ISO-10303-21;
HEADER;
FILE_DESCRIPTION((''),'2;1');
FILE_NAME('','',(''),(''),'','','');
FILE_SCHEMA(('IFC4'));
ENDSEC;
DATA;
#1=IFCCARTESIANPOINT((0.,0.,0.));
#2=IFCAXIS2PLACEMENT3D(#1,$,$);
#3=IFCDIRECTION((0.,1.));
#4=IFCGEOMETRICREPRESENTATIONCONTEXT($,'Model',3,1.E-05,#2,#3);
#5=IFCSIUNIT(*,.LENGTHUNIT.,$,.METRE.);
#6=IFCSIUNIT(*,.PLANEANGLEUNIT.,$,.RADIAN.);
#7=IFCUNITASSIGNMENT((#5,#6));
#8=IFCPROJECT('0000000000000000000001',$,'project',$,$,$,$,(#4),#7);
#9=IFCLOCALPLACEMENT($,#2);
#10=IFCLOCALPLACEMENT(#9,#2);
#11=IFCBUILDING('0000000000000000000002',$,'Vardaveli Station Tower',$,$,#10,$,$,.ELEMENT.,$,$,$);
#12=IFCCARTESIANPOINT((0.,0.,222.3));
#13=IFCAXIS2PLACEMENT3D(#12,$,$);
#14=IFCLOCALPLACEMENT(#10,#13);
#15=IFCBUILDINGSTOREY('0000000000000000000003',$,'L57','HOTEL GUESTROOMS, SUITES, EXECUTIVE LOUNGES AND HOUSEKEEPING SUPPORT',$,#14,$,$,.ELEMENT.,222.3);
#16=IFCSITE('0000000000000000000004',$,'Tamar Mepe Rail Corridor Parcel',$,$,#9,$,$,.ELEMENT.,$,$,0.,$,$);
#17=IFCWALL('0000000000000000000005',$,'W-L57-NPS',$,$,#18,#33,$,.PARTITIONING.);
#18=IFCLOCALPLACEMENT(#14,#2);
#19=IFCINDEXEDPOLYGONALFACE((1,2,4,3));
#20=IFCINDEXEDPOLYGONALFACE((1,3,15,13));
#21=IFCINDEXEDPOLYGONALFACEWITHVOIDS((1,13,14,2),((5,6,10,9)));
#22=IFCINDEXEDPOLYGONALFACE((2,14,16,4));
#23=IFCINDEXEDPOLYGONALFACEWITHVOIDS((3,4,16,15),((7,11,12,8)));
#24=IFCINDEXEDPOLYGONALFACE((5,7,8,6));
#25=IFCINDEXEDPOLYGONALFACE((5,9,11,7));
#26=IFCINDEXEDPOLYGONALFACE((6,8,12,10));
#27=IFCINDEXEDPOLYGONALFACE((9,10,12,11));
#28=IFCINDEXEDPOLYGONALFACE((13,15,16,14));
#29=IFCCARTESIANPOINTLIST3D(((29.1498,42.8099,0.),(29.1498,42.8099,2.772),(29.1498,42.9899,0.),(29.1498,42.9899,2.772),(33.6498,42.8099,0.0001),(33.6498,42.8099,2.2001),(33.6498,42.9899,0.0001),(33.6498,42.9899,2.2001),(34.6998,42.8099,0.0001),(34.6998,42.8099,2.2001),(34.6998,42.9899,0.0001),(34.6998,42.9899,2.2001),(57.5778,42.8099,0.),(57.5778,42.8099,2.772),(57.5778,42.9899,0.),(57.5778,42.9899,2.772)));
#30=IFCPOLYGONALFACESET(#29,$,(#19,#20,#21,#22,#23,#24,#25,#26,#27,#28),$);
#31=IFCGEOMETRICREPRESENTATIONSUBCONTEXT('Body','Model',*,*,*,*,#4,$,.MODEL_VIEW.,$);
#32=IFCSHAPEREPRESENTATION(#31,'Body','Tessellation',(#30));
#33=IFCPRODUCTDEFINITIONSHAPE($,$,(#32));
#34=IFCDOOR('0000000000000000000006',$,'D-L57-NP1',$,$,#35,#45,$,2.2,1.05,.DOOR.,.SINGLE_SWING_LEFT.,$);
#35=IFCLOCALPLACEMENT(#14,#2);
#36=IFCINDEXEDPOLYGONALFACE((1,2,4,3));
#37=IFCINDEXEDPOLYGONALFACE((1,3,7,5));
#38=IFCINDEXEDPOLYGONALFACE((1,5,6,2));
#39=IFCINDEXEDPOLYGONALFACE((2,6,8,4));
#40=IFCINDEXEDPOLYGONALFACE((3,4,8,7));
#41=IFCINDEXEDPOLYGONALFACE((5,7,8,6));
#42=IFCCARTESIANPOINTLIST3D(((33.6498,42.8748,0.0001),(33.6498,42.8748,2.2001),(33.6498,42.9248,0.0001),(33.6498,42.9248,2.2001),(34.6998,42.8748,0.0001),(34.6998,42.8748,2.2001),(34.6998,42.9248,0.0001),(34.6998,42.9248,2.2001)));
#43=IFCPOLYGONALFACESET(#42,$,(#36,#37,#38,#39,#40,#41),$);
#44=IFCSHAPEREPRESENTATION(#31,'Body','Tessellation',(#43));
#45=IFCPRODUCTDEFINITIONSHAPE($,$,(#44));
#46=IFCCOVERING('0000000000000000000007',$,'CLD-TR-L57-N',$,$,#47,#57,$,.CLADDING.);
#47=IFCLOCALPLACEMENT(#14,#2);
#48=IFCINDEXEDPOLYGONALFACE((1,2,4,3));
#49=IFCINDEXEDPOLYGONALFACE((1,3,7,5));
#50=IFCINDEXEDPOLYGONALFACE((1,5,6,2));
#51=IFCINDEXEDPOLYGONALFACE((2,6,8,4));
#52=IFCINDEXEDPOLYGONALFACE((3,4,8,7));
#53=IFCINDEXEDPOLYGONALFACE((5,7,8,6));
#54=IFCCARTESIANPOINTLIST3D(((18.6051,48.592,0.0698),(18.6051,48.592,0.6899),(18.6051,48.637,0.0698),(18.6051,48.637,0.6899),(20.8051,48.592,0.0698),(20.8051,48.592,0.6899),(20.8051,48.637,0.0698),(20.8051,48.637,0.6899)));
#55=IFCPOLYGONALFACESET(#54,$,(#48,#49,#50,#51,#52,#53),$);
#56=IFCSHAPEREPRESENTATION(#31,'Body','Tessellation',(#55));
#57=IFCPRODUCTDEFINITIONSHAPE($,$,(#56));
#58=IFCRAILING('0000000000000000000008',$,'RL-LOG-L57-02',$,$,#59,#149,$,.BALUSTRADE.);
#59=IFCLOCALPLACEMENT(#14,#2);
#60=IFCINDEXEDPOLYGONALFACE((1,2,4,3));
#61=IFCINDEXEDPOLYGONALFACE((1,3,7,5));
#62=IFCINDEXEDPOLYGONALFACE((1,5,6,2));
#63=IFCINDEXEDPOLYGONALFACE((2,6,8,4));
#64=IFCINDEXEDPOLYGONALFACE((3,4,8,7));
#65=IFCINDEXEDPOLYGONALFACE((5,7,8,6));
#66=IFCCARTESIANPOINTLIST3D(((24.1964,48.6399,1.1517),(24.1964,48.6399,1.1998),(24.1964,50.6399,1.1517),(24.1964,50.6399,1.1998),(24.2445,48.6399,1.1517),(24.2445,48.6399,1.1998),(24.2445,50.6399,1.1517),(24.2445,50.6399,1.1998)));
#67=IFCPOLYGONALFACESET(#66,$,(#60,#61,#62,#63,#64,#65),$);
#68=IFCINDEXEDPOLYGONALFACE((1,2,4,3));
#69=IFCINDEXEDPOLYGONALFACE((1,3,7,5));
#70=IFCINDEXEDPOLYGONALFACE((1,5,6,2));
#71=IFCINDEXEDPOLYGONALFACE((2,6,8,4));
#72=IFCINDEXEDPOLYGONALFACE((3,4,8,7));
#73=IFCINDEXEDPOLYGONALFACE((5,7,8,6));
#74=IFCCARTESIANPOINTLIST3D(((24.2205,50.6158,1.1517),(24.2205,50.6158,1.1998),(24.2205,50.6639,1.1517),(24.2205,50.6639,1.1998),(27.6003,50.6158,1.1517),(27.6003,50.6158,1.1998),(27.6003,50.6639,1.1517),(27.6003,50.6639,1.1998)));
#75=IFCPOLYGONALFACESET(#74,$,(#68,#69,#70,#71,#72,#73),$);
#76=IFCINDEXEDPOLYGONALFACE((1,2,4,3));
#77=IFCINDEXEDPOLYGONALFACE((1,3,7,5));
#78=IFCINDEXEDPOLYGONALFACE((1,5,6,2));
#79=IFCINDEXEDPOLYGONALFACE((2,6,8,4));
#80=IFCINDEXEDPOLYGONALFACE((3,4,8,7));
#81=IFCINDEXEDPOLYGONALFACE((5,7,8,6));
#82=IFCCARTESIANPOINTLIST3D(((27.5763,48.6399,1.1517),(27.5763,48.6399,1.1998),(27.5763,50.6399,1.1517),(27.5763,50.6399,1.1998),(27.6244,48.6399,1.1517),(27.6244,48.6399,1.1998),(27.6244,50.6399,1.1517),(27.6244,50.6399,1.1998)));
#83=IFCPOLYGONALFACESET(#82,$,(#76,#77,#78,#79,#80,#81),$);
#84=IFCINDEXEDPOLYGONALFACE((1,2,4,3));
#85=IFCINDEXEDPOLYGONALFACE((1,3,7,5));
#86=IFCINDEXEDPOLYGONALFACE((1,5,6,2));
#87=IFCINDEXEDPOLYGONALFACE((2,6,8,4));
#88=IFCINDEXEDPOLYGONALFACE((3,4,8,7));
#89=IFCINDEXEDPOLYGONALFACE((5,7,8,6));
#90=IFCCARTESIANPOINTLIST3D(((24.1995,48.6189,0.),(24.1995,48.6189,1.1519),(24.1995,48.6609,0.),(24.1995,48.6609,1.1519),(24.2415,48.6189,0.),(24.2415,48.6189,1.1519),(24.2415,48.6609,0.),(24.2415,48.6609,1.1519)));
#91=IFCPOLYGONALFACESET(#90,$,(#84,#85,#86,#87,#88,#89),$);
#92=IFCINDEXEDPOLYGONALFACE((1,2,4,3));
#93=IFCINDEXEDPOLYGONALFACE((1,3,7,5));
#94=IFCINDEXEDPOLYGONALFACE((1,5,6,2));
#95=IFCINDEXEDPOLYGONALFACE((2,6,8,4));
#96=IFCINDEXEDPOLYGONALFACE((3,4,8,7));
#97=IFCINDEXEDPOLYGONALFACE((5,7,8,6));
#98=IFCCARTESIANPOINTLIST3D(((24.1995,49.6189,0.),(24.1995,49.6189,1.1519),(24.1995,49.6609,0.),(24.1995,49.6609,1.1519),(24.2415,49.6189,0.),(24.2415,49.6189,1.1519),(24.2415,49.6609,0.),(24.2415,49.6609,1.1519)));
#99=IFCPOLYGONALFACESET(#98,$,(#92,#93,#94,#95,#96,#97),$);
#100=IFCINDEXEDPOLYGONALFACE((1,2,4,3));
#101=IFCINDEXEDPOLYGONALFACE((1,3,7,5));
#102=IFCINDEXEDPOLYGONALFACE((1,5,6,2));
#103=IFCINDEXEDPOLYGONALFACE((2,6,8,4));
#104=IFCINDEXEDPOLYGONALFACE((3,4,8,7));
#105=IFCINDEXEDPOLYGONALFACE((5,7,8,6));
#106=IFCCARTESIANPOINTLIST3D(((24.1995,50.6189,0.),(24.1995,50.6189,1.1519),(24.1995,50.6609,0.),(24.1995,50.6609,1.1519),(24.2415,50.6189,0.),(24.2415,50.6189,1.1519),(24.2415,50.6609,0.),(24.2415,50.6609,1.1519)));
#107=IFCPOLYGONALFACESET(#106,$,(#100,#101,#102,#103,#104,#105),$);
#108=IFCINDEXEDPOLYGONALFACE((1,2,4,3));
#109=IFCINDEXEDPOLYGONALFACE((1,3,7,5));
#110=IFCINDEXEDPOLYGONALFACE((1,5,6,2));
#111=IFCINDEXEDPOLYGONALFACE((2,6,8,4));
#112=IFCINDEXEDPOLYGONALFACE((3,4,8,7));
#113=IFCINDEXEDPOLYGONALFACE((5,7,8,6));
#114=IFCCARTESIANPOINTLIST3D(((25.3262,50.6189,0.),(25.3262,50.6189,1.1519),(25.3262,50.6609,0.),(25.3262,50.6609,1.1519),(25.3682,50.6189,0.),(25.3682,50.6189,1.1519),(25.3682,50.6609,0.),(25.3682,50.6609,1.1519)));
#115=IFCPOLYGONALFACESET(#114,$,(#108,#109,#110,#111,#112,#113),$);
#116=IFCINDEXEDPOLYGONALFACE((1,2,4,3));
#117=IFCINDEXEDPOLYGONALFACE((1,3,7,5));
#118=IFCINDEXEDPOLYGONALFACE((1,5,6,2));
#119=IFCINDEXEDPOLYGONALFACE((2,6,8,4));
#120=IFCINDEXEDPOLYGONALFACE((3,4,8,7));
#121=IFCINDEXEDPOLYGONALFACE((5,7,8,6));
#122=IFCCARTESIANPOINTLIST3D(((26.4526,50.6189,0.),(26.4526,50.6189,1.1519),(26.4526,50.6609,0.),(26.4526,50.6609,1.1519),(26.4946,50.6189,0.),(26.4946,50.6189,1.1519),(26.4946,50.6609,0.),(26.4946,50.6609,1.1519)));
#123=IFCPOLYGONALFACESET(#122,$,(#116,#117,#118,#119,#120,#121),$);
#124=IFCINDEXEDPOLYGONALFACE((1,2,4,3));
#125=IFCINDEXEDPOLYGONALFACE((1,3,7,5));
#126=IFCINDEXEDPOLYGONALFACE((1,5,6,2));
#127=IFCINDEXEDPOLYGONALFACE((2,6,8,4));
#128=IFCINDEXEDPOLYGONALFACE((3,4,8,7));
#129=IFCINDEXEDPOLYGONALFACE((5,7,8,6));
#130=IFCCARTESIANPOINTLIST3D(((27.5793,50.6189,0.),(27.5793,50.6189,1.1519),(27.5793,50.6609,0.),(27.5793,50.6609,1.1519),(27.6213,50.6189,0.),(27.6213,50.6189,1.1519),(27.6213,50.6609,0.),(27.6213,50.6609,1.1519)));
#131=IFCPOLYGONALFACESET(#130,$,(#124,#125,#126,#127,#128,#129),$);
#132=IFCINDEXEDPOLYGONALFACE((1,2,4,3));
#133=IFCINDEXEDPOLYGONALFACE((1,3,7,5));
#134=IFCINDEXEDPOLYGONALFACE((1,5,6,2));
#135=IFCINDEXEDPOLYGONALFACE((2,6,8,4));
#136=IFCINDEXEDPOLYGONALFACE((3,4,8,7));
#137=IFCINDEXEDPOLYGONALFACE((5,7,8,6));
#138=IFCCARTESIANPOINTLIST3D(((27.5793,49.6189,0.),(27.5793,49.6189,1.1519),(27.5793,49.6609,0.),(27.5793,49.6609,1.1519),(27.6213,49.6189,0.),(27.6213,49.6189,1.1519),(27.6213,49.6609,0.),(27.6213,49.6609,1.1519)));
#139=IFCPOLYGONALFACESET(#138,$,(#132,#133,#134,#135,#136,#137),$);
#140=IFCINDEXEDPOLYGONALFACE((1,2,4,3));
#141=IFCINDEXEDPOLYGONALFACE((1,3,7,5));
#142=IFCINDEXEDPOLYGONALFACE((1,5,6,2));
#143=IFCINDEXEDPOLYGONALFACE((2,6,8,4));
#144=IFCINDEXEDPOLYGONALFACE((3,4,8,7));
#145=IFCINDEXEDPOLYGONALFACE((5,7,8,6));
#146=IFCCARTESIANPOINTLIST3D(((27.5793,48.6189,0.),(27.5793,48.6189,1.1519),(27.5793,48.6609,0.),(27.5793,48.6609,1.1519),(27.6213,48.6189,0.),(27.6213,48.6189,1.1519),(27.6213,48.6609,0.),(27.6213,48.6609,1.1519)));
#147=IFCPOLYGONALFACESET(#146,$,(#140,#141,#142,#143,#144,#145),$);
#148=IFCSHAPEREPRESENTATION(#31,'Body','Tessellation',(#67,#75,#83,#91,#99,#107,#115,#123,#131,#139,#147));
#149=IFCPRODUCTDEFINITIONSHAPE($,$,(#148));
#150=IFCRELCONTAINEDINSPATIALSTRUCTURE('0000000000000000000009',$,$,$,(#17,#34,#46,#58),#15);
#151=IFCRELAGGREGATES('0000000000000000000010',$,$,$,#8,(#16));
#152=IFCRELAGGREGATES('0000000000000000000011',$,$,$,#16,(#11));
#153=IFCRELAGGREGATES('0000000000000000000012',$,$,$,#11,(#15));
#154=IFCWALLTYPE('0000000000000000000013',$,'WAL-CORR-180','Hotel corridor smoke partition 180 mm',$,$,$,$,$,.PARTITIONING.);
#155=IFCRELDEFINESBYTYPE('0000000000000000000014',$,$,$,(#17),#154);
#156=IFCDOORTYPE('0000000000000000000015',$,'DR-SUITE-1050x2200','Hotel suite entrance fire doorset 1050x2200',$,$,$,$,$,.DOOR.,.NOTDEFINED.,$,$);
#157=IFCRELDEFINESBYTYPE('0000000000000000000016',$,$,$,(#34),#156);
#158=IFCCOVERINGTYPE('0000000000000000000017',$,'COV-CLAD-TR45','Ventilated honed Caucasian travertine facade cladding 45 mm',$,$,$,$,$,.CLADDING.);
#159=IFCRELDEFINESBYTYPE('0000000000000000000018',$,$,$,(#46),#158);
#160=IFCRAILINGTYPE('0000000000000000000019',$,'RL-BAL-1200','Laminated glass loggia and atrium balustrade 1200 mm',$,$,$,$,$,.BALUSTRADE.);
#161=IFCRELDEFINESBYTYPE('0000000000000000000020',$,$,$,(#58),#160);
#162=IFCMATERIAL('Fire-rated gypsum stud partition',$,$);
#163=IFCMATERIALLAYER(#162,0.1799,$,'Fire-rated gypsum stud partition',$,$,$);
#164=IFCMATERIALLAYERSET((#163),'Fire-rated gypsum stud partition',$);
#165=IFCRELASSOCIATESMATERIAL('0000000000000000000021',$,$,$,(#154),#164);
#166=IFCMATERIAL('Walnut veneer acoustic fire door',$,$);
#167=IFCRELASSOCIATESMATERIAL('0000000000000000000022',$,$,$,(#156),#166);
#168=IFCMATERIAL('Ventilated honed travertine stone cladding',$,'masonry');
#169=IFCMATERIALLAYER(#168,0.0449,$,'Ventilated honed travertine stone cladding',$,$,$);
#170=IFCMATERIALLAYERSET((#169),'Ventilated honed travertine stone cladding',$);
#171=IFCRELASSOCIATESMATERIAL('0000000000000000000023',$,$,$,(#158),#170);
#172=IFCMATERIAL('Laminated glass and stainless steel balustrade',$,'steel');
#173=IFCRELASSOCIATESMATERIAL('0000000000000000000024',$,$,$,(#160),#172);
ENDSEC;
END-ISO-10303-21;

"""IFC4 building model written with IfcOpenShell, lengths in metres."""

from ifc_helpers import new_model, si_unit, direction, frame, frame_2d, origin, origin_2d, place, context, subcontext, project, spatial, rectangle, extrude, source, transform, mapped, material, layer, layer_set, type_object, element, fill, save


model = new_model("IFC4")

# Units and contexts
model_context = context("Model", 3, precision=1e-05, world=origin(), true_north=direction((0.0, 1.0)))
body_context = subcontext(model_context, "Body", "Model", "MODEL_VIEW")
ifc_project = project(units=[si_unit("LENGTHUNIT", "METRE"), si_unit("PLANEANGLEUNIT", "RADIAN")], contexts=[model_context])

# Site, building, storey
site_placement = place(None, origin())
site = spatial("IfcSite", under=ifc_project, at=site_placement, Name="Tamar Mepe Rail Corridor Parcel", CompositionType="ELEMENT", RefElevation=0.0)
building_placement = place(site_placement, origin())
building = spatial("IfcBuilding", under=site, at=building_placement, Name="Vardaveli Station Tower", CompositionType="ELEMENT")
storey_placement = place(building_placement, frame((0.0, 0.0, 222.3)))
storey = spatial("IfcBuildingStorey", under=building, at=storey_placement, Name="L57", Description="HOTEL GUESTROOMS, SUITES, EXECUTIVE LOUNGES AND HOUSEKEEPING SUPPORT", CompositionType="ELEMENT", Elevation=222.3)

# Wall, opening, door
ifc_material_1 = material(Name="Fire-rated gypsum stud partition")
ifc_layer_1 = layer(ifc_material_1, 0.1799, Name="Fire-rated gypsum stud partition")
ifc_layer_set_1 = layer_set([ifc_layer_1], Name="Fire-rated gypsum stud partition")
wall_type_1 = type_object("IfcWallType", Name="WAL-CORR-180", Description="Hotel corridor smoke partition 180 mm", PredefinedType="PARTITIONING", material=ifc_layer_set_1)
shared_shape_1 = source(origin(), body_context, "Body", "SweptSolid", [
    extrude(rectangle(XDim=28.428, YDim=0.1799, at=frame_2d((14.2139, 0.0))), origin(), (0.0, 0.0, 1.0), 2.772),
])
wall_1_placement = place(storey_placement, frame((29.1499, 42.8999, 0.0), z_axis=(0.0, 0.0, 1.0), x_axis=(1.0, 0.0, 0.0)))
wall_1 = element("IfcWall", 1, at=wall_1_placement, inside=storey, type_object=wall_type_1, Name="W-L57-NPS", PredefinedType="PARTITIONING", context=body_context, shape_type="MappedRepresentation", body=[
    mapped(shared_shape_1, transform((0.0, 0.0, 0.0), scale=1.0)),
])
shared_shape_2 = source(origin(), body_context, "Body", "SweptSolid", [
    extrude(rectangle(XDim=1.05, YDim=2.2, at=frame_2d((0.5249, 1.1001))), frame((0.0, 0.1001, 0.0), z_axis=(0.0, -1.0, 0.0), x_axis=(1.0, 0.0, 0.0)), (0.0, 0.0, 1.0), 0.2),
])
opening_1_placement = place(wall_1_placement, frame((4.5, 0.0, 0.0)))
opening_1 = element("IfcOpeningElement", 2, at=opening_1_placement, cuts=wall_1, PredefinedType="OPENING", context=body_context, shape_type="MappedRepresentation", body=[
    mapped(shared_shape_2, transform((0.0, 0.0, 0.0), scale=1.0)),
])
ifc_material_2 = material(Name="Walnut veneer acoustic fire door")
door_type = type_object("IfcDoorType", Name="DR-SUITE-1050x2200", Description="Hotel suite entrance fire doorset 1050x2200", OperationType="NOTDEFINED", PredefinedType="DOOR", material=ifc_material_2)
shared_shape_3 = source(origin(), body_context, "Body", "SweptSolid", [
    extrude(rectangle(XDim=1.05, YDim=2.2, at=frame_2d((0.5249, 1.1001))), frame((0.0, 0.0249, 0.0), z_axis=(0.0, -1.0, 0.0), x_axis=(1.0, 0.0, 0.0)), (0.0, 0.0, 1.0), 0.05),
])
door_placement = place(opening_1_placement, origin())
door = element("IfcDoor", 3, at=door_placement, inside=storey, type_object=door_type, Name="D-L57-NP1", OperationType="SINGLE_SWING_LEFT", OverallHeight=2.2, OverallWidth=1.05, PredefinedType="DOOR", context=body_context, shape_type="MappedRepresentation", body=[
    mapped(shared_shape_3, transform((0.0, 0.0, 0.0), scale=1.0)),
])
fill(opening_1, door)

# Covering
ifc_material_3 = material(Name="Ventilated honed travertine stone cladding", Category="masonry")
ifc_layer_2 = layer(ifc_material_3, 0.0449, Name="Ventilated honed travertine stone cladding")
ifc_layer_set_2 = layer_set([ifc_layer_2], Name="Ventilated honed travertine stone cladding")
covering_type = type_object("IfcCoveringType", Name="COV-CLAD-TR45", Description="Ventilated honed Caucasian travertine facade cladding 45 mm", PredefinedType="CLADDING", material=ifc_layer_set_2)
shared_shape_4 = source(origin(), body_context, "Body", "SweptSolid", [
    extrude(rectangle(XDim=2.2, YDim=0.0449, at=origin_2d()), origin(), (0.0, 0.0, 1.0), 0.6201),
])
covering_placement = place(storey_placement, frame((19.7051, 48.6145, 0.0698), z_axis=(0.0, 0.0, 1.0), x_axis=(1.0, 0.0, 0.0)))
element("IfcCovering", 4, at=covering_placement, inside=storey, type_object=covering_type, Name="CLD-TR-L57-N", PredefinedType="CLADDING", context=body_context, shape_type="MappedRepresentation", body=[
    mapped(shared_shape_4, transform((0.0, 0.0, 0.0), scale=1.0)),
])

# Railing
ifc_material_4 = material(Name="Laminated glass and stainless steel balustrade", Category="steel")
railing_type = type_object("IfcRailingType", Name="RL-BAL-1200", Description="Laminated glass loggia and atrium balustrade 1200 mm", PredefinedType="BALUSTRADE", material=ifc_material_4)
shared_shape_5 = source(origin(), body_context, "Body", "SweptSolid", [
    extrude(rectangle(XDim=0.0481, YDim=0.0481, at=origin_2d()), frame((0.0, 0.0, 1.1758), z_axis=(0.0, 1.0, 0.0), x_axis=(-1.0, 0.0, 0.0)), (0.0, 0.0, 1.0), 2.0),
    extrude(rectangle(XDim=0.0481, YDim=0.0481, at=origin_2d()), frame((0.0, 2.0, 1.1758), z_axis=(1.0, 0.0, 0.0), x_axis=(0.0, 1.0, 0.0)), (0.0, 0.0, 1.0), 3.3799),
    extrude(rectangle(XDim=0.0481, YDim=0.0481, at=origin_2d()), frame((3.3799, 2.0, 1.1758), z_axis=(0.0, -1.0, 0.0), x_axis=(1.0, 0.0, 0.0)), (0.0, 0.0, 1.0), 2.0),
    extrude(rectangle(XDim=0.042, YDim=0.042, at=origin_2d()), origin(), (0.0, 0.0, 1.0), 1.1519),
    extrude(rectangle(XDim=0.042, YDim=0.042, at=origin_2d()), frame((0.0, 1.0, 0.0)), (0.0, 0.0, 1.0), 1.1519),
    extrude(rectangle(XDim=0.042, YDim=0.042, at=origin_2d()), frame((0.0, 2.0, 0.0)), (0.0, 0.0, 1.0), 1.1519),
    extrude(rectangle(XDim=0.042, YDim=0.042, at=origin_2d()), frame((1.1267, 2.0, 0.0)), (0.0, 0.0, 1.0), 1.1519),
    extrude(rectangle(XDim=0.042, YDim=0.042, at=origin_2d()), frame((2.2532, 2.0, 0.0)), (0.0, 0.0, 1.0), 1.1519),
    extrude(rectangle(XDim=0.042, YDim=0.042, at=origin_2d()), frame((3.3799, 2.0, 0.0)), (0.0, 0.0, 1.0), 1.1519),
    extrude(rectangle(XDim=0.042, YDim=0.042, at=origin_2d()), frame((3.3799, 1.0, 0.0)), (0.0, 0.0, 1.0), 1.1519),
    extrude(rectangle(XDim=0.042, YDim=0.042, at=origin_2d()), frame((3.3799, 0.0, 0.0)), (0.0, 0.0, 1.0), 1.1519),
])
railing_placement = place(storey_placement, frame((24.2205, 48.6399, 0.0)))
element("IfcRailing", 5, at=railing_placement, inside=storey, type_object=railing_type, Name="RL-LOG-L57-02", PredefinedType="BALUSTRADE", context=body_context, shape_type="MappedRepresentation", body=[
    mapped(shared_shape_5, transform((0.0, 0.0, 0.0), scale=1.0)),
])

save(model, "model.ifc")
